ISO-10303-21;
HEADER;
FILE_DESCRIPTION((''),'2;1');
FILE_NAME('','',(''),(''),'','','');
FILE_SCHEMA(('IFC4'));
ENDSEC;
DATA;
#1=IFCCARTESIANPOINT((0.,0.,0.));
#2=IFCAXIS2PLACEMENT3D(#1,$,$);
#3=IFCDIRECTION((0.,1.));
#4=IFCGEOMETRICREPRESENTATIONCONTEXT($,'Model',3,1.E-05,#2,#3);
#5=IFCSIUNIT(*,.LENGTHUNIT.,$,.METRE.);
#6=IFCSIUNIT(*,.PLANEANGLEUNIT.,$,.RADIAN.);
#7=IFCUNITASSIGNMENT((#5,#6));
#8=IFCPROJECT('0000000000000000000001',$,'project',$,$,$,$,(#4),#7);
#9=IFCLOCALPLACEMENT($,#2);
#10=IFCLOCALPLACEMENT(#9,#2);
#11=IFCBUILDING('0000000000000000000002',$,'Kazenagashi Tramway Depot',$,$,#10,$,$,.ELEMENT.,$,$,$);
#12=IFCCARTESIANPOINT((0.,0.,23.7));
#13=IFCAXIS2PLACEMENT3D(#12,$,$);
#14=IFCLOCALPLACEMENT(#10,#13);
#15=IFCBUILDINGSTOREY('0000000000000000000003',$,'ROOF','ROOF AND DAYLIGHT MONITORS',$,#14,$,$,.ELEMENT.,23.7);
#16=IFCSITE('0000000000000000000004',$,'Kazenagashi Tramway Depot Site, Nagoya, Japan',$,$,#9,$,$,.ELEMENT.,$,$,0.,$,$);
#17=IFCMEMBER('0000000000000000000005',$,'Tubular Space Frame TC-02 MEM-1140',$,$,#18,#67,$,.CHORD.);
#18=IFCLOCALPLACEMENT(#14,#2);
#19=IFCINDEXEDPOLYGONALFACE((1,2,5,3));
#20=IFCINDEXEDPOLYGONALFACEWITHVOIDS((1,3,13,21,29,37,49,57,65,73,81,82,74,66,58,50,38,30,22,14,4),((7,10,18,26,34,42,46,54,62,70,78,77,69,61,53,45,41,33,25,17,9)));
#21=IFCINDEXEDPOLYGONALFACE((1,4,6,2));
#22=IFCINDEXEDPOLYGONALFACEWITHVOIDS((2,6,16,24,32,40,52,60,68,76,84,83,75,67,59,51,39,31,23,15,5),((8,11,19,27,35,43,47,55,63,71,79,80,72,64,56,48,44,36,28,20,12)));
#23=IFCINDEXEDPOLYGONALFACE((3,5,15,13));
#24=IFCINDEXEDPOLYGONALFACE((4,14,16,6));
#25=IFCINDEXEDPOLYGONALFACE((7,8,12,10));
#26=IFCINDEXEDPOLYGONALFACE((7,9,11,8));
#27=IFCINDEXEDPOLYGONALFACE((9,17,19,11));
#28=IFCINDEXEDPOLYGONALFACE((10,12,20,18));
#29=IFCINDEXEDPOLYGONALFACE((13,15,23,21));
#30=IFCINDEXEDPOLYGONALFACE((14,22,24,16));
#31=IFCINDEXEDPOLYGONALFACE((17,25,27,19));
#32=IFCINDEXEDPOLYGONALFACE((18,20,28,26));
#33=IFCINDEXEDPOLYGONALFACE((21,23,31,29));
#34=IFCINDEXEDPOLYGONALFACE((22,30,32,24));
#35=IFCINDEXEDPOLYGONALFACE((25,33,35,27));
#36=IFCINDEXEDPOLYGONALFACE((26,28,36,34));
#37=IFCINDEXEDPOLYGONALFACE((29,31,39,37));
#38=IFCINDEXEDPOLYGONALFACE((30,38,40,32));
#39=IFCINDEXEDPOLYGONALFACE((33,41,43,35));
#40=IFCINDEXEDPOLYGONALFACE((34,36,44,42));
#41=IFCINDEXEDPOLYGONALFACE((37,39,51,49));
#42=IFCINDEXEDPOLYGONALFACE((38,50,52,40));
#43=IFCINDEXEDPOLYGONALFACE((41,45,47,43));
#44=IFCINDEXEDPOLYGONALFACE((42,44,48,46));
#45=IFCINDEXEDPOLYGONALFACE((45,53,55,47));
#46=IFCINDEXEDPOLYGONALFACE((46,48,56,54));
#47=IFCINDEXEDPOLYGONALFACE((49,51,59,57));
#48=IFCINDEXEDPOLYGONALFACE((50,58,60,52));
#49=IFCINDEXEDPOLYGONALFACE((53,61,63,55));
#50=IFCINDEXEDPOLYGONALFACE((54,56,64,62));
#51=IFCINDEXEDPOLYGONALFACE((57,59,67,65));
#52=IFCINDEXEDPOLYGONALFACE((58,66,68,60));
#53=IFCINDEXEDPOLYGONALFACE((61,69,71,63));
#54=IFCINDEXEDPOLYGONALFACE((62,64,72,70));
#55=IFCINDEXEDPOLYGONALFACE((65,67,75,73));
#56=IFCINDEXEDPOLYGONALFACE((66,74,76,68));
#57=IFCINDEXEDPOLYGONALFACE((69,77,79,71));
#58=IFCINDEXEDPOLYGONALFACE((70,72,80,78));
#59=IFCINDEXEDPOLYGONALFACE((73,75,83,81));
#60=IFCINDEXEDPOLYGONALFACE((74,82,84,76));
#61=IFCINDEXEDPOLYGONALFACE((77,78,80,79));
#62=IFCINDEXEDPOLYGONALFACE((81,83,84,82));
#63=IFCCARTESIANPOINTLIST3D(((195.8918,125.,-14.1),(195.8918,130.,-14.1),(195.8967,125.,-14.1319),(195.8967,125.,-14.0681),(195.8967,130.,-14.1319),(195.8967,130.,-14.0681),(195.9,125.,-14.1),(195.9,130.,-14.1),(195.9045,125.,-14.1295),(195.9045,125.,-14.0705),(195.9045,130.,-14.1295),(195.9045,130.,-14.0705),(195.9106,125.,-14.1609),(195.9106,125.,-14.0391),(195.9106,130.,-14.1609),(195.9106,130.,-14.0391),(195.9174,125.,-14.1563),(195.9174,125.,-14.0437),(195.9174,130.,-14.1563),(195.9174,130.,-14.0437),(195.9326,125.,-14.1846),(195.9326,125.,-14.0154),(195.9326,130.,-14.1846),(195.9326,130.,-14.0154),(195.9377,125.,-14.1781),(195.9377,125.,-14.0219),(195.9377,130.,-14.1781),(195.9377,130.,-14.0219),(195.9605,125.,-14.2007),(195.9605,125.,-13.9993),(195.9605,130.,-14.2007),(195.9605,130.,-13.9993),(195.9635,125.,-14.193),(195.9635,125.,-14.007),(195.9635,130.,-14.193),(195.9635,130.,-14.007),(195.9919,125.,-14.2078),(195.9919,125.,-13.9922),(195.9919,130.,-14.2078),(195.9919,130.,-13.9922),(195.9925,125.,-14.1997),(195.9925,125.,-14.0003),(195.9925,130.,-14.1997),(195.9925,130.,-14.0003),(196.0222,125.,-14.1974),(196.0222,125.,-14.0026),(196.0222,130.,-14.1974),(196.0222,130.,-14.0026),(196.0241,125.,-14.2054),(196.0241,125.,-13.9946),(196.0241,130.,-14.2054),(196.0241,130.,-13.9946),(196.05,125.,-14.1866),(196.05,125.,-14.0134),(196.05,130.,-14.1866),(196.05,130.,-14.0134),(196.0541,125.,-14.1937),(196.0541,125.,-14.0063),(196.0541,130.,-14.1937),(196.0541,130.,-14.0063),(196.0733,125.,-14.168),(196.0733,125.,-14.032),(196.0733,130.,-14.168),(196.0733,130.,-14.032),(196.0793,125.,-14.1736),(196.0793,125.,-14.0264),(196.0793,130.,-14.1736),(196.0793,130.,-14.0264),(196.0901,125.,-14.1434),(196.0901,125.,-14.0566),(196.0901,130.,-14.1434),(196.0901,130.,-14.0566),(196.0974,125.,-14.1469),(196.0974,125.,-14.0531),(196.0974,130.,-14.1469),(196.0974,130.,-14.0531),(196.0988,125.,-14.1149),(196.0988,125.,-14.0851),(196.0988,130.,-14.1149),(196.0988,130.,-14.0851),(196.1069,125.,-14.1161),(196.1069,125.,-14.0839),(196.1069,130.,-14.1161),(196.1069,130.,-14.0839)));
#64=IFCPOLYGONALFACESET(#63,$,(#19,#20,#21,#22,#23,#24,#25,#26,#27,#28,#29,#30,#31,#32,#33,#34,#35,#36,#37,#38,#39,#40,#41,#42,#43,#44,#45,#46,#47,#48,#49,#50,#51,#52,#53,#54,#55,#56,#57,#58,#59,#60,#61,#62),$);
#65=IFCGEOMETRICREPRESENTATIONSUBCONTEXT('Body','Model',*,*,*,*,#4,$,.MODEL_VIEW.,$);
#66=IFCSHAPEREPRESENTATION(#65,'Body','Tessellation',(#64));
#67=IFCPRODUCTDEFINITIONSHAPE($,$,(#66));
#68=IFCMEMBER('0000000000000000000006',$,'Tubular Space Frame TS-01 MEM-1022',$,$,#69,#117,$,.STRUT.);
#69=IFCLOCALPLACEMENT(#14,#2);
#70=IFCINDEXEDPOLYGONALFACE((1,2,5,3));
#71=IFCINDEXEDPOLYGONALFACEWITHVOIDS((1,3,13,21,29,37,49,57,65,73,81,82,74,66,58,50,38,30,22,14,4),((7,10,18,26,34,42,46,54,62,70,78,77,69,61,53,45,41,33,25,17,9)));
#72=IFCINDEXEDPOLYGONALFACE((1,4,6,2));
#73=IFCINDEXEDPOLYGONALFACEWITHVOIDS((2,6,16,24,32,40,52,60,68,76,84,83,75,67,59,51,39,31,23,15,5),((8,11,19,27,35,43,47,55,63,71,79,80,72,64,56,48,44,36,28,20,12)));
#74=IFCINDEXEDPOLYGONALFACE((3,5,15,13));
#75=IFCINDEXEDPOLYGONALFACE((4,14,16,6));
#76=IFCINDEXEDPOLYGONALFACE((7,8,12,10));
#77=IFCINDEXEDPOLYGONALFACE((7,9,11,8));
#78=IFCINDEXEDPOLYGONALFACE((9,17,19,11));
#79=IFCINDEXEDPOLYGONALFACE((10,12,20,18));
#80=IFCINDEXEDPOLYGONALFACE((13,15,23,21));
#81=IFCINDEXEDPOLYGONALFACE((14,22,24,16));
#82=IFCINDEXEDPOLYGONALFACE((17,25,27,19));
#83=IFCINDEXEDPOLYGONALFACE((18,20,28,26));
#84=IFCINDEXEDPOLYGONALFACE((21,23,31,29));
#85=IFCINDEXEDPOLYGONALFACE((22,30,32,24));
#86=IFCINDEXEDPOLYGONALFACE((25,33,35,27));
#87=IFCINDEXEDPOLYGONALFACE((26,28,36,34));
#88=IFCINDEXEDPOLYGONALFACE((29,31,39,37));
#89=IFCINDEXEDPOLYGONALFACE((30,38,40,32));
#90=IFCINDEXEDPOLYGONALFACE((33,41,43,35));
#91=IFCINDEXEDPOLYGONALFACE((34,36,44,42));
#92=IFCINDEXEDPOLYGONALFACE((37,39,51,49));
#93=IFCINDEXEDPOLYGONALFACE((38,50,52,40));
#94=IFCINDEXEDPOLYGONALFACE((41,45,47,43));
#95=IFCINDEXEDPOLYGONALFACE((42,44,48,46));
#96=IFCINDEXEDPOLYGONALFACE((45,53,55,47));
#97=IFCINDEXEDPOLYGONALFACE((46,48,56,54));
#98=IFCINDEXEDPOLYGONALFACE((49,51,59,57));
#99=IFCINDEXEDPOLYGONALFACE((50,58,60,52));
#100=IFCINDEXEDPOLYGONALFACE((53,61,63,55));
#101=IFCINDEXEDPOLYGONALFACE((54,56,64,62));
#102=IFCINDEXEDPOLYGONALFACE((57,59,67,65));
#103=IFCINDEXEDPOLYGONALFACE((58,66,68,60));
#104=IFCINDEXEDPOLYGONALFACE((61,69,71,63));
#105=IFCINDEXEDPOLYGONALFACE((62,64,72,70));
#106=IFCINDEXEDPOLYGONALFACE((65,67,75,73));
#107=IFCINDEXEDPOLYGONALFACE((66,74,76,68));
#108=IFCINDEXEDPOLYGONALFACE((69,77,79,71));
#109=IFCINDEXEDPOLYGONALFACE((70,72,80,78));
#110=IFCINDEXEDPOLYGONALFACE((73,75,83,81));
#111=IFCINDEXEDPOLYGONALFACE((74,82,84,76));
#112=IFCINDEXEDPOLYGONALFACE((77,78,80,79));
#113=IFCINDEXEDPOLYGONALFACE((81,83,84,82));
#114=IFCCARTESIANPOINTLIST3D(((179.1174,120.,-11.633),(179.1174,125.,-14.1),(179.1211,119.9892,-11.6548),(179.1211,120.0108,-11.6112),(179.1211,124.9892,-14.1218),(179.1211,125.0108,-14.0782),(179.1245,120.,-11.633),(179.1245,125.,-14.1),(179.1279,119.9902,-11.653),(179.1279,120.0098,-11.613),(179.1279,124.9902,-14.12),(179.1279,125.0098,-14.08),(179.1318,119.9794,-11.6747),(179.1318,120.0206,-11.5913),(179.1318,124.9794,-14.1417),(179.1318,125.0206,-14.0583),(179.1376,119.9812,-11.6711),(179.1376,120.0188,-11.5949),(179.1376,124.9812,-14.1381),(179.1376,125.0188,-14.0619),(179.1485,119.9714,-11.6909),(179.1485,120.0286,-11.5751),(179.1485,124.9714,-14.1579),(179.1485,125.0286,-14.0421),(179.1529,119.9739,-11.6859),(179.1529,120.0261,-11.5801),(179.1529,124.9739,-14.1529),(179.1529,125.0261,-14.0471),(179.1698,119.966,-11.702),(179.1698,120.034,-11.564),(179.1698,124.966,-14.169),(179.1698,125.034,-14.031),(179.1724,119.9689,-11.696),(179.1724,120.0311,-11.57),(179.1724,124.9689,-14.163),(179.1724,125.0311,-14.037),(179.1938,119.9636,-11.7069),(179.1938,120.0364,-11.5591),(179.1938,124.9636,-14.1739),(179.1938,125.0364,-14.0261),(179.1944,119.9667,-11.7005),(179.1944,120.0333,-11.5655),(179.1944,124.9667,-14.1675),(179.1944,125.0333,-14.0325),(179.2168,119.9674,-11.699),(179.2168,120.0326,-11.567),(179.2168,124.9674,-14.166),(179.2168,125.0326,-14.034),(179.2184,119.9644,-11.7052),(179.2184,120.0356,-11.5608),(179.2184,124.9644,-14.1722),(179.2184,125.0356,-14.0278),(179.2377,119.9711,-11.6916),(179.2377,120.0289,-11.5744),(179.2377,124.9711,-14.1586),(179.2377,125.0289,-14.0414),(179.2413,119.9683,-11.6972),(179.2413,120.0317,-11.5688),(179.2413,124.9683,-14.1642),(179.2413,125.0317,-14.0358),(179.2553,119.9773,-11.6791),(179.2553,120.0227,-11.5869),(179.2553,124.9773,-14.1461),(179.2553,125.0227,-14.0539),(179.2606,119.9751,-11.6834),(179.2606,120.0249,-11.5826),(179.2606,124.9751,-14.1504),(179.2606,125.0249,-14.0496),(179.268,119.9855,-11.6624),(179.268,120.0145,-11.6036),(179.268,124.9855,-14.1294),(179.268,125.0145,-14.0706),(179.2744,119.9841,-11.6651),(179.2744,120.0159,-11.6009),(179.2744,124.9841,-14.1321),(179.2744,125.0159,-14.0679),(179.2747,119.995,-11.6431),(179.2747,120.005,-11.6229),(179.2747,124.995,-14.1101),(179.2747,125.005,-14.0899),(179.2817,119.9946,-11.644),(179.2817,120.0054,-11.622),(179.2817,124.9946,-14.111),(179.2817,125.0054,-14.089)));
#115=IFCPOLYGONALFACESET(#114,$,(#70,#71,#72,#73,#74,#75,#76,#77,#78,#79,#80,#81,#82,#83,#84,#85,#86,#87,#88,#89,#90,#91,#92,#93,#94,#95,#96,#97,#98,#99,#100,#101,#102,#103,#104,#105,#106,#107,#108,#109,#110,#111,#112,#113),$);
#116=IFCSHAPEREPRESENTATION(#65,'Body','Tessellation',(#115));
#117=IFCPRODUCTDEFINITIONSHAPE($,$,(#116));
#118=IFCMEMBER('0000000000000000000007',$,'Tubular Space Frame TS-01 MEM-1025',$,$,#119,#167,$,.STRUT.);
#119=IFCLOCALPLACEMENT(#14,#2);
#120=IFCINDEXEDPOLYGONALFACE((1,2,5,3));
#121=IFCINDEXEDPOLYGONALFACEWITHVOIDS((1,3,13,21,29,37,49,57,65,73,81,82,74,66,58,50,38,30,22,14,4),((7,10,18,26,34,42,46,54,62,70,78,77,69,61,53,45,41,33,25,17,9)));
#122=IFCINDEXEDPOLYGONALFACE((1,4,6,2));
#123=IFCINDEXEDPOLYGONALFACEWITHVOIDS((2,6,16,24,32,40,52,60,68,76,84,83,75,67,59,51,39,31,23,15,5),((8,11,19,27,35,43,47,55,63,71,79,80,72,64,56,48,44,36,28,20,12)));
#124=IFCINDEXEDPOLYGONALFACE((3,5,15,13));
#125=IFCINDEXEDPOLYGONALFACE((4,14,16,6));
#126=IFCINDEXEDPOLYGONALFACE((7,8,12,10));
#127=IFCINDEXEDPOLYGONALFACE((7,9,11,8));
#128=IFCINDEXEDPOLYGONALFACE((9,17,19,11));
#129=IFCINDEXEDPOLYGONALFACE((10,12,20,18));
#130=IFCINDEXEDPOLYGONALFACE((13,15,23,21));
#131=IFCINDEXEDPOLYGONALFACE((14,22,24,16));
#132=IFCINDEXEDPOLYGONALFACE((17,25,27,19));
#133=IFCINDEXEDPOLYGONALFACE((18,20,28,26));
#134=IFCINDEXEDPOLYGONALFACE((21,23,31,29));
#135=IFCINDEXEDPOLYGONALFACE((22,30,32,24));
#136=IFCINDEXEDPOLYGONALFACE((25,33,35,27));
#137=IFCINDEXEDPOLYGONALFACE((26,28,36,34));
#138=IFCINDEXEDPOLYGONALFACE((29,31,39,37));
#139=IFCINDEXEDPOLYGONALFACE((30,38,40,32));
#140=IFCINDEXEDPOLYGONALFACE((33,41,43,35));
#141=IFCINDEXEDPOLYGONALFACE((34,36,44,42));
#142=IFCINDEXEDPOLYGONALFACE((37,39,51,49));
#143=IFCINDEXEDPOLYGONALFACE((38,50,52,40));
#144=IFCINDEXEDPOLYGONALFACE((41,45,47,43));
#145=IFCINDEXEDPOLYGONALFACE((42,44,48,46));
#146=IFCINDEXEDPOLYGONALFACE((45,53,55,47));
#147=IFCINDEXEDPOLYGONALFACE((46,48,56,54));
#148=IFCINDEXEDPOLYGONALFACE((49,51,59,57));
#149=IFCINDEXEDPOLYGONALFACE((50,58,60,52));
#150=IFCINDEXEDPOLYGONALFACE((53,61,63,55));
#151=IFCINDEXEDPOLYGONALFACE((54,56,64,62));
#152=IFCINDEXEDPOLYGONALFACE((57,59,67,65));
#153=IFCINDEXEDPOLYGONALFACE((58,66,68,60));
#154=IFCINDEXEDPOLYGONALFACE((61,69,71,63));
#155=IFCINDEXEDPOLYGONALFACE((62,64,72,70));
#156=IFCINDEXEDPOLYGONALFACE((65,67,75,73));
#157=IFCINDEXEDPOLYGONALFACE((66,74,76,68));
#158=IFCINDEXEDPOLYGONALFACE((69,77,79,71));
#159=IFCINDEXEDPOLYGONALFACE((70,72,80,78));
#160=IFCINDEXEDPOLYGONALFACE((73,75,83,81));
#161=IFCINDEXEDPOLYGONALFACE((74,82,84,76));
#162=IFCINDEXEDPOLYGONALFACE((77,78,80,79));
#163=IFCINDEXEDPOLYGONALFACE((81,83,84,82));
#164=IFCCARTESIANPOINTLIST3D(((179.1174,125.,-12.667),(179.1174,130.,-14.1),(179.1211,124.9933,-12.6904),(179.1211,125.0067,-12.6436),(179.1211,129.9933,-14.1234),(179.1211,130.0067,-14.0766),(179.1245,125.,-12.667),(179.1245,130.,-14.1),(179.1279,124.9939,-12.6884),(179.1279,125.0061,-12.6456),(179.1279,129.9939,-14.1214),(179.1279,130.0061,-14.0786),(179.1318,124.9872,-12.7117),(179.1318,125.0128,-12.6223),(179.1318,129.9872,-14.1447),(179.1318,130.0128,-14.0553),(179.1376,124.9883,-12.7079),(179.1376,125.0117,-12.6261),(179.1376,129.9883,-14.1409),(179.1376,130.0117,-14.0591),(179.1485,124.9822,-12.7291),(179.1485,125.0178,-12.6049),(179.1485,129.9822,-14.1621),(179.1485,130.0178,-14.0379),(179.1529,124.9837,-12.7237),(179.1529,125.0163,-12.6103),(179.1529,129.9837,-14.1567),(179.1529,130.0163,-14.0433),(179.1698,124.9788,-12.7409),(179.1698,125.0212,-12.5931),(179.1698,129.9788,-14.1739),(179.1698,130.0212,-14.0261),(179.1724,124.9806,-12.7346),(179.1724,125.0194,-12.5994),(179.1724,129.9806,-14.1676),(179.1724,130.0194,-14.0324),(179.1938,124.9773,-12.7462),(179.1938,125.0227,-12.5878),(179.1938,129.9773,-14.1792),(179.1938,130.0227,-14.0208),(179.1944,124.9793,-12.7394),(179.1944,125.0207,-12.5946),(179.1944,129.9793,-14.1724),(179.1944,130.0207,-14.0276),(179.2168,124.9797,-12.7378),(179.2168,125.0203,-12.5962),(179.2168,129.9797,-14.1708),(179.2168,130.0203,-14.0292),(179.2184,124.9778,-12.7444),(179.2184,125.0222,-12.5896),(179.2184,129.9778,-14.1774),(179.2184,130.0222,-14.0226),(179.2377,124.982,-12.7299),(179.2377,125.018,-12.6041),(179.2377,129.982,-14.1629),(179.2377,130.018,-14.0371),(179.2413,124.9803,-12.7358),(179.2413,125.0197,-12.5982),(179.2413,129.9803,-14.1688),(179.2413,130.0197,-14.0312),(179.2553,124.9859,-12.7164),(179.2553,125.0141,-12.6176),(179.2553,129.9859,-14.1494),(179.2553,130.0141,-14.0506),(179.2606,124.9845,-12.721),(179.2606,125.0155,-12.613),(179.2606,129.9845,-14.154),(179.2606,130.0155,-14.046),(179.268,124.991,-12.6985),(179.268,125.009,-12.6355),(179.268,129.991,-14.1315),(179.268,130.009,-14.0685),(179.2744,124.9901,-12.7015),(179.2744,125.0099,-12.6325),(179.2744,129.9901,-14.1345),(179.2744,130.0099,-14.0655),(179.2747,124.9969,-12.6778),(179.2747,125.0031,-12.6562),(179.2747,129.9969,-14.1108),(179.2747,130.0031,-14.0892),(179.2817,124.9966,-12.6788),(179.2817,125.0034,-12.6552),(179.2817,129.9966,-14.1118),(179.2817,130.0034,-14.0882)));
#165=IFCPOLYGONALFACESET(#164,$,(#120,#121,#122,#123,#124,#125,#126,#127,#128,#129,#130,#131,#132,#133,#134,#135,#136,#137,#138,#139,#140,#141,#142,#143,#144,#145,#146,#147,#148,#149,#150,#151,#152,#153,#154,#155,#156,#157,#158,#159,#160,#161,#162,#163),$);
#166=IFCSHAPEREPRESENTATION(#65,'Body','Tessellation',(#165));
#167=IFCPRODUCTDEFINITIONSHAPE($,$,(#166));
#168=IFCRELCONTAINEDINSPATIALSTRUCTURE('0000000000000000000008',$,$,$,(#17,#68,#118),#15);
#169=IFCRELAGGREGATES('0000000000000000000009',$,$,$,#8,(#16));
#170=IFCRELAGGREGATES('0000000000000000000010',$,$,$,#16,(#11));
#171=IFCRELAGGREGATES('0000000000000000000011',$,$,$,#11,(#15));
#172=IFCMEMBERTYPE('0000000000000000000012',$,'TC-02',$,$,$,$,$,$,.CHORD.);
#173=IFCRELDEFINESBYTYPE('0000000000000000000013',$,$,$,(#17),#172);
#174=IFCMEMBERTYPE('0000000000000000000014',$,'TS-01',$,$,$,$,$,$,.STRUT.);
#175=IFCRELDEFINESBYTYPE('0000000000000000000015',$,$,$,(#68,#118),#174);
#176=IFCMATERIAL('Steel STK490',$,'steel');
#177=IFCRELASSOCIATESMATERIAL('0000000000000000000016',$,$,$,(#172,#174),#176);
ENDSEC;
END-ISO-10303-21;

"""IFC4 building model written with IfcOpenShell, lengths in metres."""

from ifc_helpers import new_model, si_unit, direction, frame, origin, origin_2d, place, context, subcontext, project, spatial, hollow_circle, extrude, material, material_profile, profile_set, type_object, element, save


model = new_model("IFC4")

# Units and contexts
model_context = context("Model", 3, precision=1e-05, world=origin(), true_north=direction((0.0, 1.0)))
body_context = subcontext(model_context, "Body", "Model", "MODEL_VIEW")
ifc_project = project(units=[si_unit("LENGTHUNIT", "METRE"), si_unit("PLANEANGLEUNIT", "RADIAN")], contexts=[model_context])

# Site, building, storey
site_placement = place(None, origin())
site = spatial("IfcSite", under=ifc_project, at=site_placement, Name="Kazenagashi Tramway Depot Site, Nagoya, Japan", CompositionType="ELEMENT", RefElevation=0.0)
building_placement = place(site_placement, origin())
building = spatial("IfcBuilding", under=site, at=building_placement, Name="Kazenagashi Tramway Depot", CompositionType="ELEMENT")
storey_placement = place(building_placement, frame((0.0, 0.0, 23.7)))
storey = spatial("IfcBuildingStorey", under=building, at=storey_placement, Name="ROOF", Description="ROOF AND DAYLIGHT MONITORS", CompositionType="ELEMENT", Elevation=23.7)

# Members
ifc_material_1 = material(Name="Steel STK490", Category="steel")
ifc_material_profile_1 = material_profile(ifc_material_1, hollow_circle(Radius=0.1081, WallThickness=0.0082, at=origin_2d()), Name="CHS-216.3x8.2")
ifc_profile_set_1 = profile_set([ifc_material_profile_1], Name="Steel STK490")
member_type_1 = type_object("IfcMemberType", Name="TC-02", PredefinedType="CHORD", material=ifc_profile_set_1)
for number, where, z_axis, x_axis, name in (
    (1, (196.0, 125.0, -14.1), (0.0, 1.0, 0.0), (-1.0, 0.0, 0.0), "Tubular Space Frame TC-02 MEM-1140"),
):
    element("IfcMember", number, at=place(storey_placement, frame(where, z_axis=z_axis, x_axis=x_axis)), inside=storey, type_object=member_type_1, Name=name, PredefinedType="CHORD", context=body_context, shape_type="SweptSolid", body=[
        extrude(hollow_circle(Radius=0.1081, WallThickness=0.0082, at=origin_2d()), origin(), (0.0, 0.0, 1.0), 5.0),
    ])
ifc_material_profile_2 = material_profile(ifc_material_1, hollow_circle(Radius=0.0826, WallThickness=0.0071, at=origin_2d()), Name="CHS-165.2x7.1")
ifc_profile_set_2 = profile_set([ifc_material_profile_2], Name="Steel STK490")
member_type_2 = type_object("IfcMemberType", Name="TS-01", PredefinedType="STRUT", material=ifc_profile_set_2)
member_1_placement = place(storey_placement, frame((179.2, 120.0, -11.633), z_axis=(0.0, 0.896782, -0.442472), x_axis=(-1.0, 0.0, 0.0)))
element("IfcMember", 2, at=member_1_placement, inside=storey, type_object=member_type_2, Name="Tubular Space Frame TS-01 MEM-1022", PredefinedType="STRUT", context=body_context, shape_type="SweptSolid", body=[
    extrude(hollow_circle(Radius=0.0826, WallThickness=0.0071, at=origin_2d()), origin(), (0.0, 0.0, 1.0), 5.5755),
])
member_2_placement = place(storey_placement, frame((179.2, 125.0, -12.667), z_axis=(0.0, 0.961299, -0.275508), x_axis=(-1.0, 0.0, 0.0)))
element("IfcMember", 3, at=member_2_placement, inside=storey, type_object=member_type_2, Name="Tubular Space Frame TS-01 MEM-1025", PredefinedType="STRUT", context=body_context, shape_type="SweptSolid", body=[
    extrude(hollow_circle(Radius=0.0826, WallThickness=0.0071, at=origin_2d()), origin(), (0.0, 0.0, 1.0), 5.2013),
])

save(model, "model.ifc")
